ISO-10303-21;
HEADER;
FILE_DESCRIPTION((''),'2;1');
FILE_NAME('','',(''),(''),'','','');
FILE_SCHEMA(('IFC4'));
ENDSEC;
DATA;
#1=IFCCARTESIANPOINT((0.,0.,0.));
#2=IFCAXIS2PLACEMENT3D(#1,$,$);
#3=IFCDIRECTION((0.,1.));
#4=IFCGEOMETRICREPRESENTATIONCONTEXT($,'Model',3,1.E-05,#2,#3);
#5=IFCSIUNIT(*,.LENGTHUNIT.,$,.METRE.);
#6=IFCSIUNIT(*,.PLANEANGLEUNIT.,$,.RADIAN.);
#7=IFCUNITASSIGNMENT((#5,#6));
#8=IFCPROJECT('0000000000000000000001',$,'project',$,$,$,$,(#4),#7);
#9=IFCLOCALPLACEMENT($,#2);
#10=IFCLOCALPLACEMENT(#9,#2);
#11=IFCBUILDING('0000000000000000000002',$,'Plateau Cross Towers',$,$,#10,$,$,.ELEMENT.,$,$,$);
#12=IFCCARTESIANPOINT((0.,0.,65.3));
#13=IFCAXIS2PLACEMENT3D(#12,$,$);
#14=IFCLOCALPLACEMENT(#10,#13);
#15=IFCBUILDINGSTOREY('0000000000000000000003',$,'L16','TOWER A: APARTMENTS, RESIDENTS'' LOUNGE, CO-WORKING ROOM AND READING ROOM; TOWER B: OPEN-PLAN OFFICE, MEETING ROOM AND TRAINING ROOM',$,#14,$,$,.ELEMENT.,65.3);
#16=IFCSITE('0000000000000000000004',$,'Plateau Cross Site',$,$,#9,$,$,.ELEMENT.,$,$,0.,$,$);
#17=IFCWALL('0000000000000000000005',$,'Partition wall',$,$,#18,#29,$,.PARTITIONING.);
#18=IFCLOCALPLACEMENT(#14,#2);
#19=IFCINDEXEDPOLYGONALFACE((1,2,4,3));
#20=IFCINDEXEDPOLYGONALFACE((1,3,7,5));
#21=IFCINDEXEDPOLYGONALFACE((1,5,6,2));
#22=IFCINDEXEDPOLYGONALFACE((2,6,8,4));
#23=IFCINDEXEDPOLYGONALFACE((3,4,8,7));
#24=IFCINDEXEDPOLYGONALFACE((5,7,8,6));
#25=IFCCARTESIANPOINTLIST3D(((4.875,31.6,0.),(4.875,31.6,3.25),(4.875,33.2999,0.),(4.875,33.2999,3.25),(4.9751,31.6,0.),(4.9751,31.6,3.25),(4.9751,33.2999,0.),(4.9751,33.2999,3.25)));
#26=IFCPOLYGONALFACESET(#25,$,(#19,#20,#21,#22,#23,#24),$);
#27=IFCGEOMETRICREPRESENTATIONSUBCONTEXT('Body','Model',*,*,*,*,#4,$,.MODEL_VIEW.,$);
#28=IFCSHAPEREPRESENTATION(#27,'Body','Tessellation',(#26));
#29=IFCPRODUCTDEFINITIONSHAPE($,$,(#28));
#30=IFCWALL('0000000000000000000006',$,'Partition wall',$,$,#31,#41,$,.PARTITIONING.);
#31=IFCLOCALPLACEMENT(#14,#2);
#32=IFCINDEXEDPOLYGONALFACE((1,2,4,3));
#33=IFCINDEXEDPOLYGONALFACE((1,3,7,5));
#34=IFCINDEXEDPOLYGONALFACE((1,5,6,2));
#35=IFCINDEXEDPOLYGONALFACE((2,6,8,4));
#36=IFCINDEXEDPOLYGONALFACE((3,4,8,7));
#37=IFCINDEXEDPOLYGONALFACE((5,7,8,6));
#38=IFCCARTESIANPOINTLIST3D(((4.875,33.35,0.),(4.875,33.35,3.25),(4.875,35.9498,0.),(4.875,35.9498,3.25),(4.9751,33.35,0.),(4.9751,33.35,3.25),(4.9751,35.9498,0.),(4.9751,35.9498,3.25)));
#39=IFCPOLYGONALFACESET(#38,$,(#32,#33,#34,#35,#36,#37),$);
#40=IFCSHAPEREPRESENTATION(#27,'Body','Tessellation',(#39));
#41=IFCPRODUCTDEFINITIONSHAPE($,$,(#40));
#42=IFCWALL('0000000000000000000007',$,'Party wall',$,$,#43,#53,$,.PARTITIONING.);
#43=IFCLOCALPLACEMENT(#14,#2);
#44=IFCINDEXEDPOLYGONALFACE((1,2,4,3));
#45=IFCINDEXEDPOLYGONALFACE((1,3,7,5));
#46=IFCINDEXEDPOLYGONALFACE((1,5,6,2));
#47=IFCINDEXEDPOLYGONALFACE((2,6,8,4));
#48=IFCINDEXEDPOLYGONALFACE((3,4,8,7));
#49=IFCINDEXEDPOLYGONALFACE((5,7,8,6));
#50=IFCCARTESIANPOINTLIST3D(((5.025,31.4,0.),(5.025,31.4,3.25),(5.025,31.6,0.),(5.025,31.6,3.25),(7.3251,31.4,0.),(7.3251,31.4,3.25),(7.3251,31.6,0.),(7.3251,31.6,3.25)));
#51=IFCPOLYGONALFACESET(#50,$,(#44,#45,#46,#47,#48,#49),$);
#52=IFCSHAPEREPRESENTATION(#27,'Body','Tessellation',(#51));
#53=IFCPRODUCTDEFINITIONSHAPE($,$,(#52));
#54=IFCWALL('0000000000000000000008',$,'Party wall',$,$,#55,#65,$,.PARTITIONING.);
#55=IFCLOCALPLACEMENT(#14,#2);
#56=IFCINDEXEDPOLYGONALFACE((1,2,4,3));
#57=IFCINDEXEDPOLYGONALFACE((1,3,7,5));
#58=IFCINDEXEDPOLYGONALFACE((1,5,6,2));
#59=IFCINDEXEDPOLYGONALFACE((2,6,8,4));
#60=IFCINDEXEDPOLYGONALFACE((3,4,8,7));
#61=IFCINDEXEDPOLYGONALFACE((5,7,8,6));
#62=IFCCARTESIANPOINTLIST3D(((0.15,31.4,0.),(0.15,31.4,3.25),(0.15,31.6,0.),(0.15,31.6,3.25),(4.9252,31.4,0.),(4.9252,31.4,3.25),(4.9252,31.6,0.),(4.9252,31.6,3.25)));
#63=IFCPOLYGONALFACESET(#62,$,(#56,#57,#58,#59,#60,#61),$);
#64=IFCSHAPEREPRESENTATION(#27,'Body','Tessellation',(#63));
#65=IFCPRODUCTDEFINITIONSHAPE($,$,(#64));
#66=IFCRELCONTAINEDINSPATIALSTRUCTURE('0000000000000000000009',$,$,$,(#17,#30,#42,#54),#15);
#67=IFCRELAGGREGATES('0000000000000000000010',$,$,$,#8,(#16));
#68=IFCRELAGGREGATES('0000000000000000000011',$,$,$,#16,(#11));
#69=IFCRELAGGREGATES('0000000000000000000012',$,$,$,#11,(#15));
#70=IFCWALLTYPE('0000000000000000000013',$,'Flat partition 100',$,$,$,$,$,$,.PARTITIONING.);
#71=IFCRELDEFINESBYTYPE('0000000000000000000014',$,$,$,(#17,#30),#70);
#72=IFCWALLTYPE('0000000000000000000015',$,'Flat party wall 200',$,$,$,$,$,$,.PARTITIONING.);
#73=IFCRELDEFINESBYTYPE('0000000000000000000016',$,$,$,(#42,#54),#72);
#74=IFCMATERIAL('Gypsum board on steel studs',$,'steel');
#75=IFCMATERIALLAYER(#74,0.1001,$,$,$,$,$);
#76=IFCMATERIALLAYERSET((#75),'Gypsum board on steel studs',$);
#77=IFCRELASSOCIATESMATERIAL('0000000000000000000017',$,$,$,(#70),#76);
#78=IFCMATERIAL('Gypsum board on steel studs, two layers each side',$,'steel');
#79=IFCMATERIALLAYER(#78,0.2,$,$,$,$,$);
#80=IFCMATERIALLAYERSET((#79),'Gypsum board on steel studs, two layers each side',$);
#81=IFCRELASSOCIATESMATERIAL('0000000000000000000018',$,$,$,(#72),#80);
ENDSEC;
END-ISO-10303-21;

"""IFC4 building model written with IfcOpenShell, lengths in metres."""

from ifc_helpers import new_model, si_unit, direction, frame, frame_2d, origin, place, context, subcontext, project, spatial, rectangle, extrude, material, layer, layer_set, type_object, element, save


model = new_model("IFC4")

# Units and contexts
model_context = context("Model", 3, precision=1e-05, world=origin(), true_north=direction((0.0, 1.0)))
body_context = subcontext(model_context, "Body", "Model", "MODEL_VIEW")
ifc_project = project(units=[si_unit("LENGTHUNIT", "METRE"), si_unit("PLANEANGLEUNIT", "RADIAN")], contexts=[model_context])

# Site, building, storey
site_placement = place(None, origin())
site = spatial("IfcSite", under=ifc_project, at=site_placement, Name="Plateau Cross Site", CompositionType="ELEMENT", RefElevation=0.0)
building_placement = place(site_placement, origin())
building = spatial("IfcBuilding", under=site, at=building_placement, Name="Plateau Cross Towers", CompositionType="ELEMENT")
storey_placement = place(building_placement, frame((0.0, 0.0, 65.3)))
storey = spatial("IfcBuildingStorey", under=building, at=storey_placement, Name="L16", Description="TOWER A: APARTMENTS, RESIDENTS' LOUNGE, CO-WORKING ROOM AND READING ROOM; TOWER B: OPEN-PLAN OFFICE, MEETING ROOM AND TRAINING ROOM", CompositionType="ELEMENT", Elevation=65.3)

# Shared definitions
ifc_material_1 = material(Name="Gypsum board on steel studs", Category="steel")
ifc_layer_1 = layer(ifc_material_1, 0.1001)
ifc_layer_set_1 = layer_set([ifc_layer_1], Name="Gypsum board on steel studs")
wall_type_1 = type_object("IfcWallType", Name="Flat partition 100", PredefinedType="PARTITIONING", material=ifc_layer_set_1)

# Walls
wall_1_placement = place(storey_placement, frame((4.925, 33.3, 0.0), z_axis=(0.0, 0.0, 1.0), x_axis=(0.0, -1.0, 0.0)))
element("IfcWall", 1, at=wall_1_placement, inside=storey, type_object=wall_type_1, Name="Partition wall", PredefinedType="PARTITIONING", context=body_context, shape_type="SweptSolid", body=[
    extrude(rectangle(XDim=1.7, YDim=0.1001, at=frame_2d((0.8501, 0.0))), origin(), (0.0, 0.0, 1.0), 3.25),
])
wall_2_placement = place(storey_placement, frame((4.925, 33.3501, 0.0), z_axis=(0.0, 0.0, 1.0), x_axis=(0.0, 1.0, 0.0)))
element("IfcWall", 2, at=wall_2_placement, inside=storey, type_object=wall_type_1, Name="Partition wall", PredefinedType="PARTITIONING", context=body_context, shape_type="SweptSolid", body=[
    extrude(rectangle(XDim=2.5999, YDim=0.1001, at=frame_2d((1.2998, 0.0))), origin(), (0.0, 0.0, 1.0), 3.25),
])
ifc_material_2 = material(Name="Gypsum board on steel studs, two layers each side", Category="steel")
ifc_layer_2 = layer(ifc_material_2, 0.2)
ifc_layer_set_2 = layer_set([ifc_layer_2], Name="Gypsum board on steel studs, two layers each side")
wall_type_2 = type_object("IfcWallType", Name="Flat party wall 200", PredefinedType="PARTITIONING", material=ifc_layer_set_2)
wall_3_placement = place(storey_placement, frame((7.325, 31.5, 0.0), z_axis=(0.0, 0.0, 1.0), x_axis=(-1.0, 0.0, 0.0)))
element("IfcWall", 3, at=wall_3_placement, inside=storey, type_object=wall_type_2, Name="Party wall", PredefinedType="PARTITIONING", context=body_context, shape_type="SweptSolid", body=[
    extrude(rectangle(XDim=2.3, YDim=0.2, at=frame_2d((1.1499, 0.0))), origin(), (0.0, 0.0, 1.0), 3.25),
])
wall_4_placement = place(storey_placement, frame((0.1499, 31.5, 0.0), z_axis=(0.0, 0.0, 1.0), x_axis=(1.0, 0.0, 0.0)))
element("IfcWall", 4, at=wall_4_placement, inside=storey, type_object=wall_type_2, Name="Party wall", PredefinedType="PARTITIONING", context=body_context, shape_type="SweptSolid", body=[
    extrude(rectangle(XDim=4.7751, YDim=0.2, at=frame_2d((2.3877, 0.0))), origin(), (0.0, 0.0, 1.0), 3.25),
])

save(model, "model.ifc")
